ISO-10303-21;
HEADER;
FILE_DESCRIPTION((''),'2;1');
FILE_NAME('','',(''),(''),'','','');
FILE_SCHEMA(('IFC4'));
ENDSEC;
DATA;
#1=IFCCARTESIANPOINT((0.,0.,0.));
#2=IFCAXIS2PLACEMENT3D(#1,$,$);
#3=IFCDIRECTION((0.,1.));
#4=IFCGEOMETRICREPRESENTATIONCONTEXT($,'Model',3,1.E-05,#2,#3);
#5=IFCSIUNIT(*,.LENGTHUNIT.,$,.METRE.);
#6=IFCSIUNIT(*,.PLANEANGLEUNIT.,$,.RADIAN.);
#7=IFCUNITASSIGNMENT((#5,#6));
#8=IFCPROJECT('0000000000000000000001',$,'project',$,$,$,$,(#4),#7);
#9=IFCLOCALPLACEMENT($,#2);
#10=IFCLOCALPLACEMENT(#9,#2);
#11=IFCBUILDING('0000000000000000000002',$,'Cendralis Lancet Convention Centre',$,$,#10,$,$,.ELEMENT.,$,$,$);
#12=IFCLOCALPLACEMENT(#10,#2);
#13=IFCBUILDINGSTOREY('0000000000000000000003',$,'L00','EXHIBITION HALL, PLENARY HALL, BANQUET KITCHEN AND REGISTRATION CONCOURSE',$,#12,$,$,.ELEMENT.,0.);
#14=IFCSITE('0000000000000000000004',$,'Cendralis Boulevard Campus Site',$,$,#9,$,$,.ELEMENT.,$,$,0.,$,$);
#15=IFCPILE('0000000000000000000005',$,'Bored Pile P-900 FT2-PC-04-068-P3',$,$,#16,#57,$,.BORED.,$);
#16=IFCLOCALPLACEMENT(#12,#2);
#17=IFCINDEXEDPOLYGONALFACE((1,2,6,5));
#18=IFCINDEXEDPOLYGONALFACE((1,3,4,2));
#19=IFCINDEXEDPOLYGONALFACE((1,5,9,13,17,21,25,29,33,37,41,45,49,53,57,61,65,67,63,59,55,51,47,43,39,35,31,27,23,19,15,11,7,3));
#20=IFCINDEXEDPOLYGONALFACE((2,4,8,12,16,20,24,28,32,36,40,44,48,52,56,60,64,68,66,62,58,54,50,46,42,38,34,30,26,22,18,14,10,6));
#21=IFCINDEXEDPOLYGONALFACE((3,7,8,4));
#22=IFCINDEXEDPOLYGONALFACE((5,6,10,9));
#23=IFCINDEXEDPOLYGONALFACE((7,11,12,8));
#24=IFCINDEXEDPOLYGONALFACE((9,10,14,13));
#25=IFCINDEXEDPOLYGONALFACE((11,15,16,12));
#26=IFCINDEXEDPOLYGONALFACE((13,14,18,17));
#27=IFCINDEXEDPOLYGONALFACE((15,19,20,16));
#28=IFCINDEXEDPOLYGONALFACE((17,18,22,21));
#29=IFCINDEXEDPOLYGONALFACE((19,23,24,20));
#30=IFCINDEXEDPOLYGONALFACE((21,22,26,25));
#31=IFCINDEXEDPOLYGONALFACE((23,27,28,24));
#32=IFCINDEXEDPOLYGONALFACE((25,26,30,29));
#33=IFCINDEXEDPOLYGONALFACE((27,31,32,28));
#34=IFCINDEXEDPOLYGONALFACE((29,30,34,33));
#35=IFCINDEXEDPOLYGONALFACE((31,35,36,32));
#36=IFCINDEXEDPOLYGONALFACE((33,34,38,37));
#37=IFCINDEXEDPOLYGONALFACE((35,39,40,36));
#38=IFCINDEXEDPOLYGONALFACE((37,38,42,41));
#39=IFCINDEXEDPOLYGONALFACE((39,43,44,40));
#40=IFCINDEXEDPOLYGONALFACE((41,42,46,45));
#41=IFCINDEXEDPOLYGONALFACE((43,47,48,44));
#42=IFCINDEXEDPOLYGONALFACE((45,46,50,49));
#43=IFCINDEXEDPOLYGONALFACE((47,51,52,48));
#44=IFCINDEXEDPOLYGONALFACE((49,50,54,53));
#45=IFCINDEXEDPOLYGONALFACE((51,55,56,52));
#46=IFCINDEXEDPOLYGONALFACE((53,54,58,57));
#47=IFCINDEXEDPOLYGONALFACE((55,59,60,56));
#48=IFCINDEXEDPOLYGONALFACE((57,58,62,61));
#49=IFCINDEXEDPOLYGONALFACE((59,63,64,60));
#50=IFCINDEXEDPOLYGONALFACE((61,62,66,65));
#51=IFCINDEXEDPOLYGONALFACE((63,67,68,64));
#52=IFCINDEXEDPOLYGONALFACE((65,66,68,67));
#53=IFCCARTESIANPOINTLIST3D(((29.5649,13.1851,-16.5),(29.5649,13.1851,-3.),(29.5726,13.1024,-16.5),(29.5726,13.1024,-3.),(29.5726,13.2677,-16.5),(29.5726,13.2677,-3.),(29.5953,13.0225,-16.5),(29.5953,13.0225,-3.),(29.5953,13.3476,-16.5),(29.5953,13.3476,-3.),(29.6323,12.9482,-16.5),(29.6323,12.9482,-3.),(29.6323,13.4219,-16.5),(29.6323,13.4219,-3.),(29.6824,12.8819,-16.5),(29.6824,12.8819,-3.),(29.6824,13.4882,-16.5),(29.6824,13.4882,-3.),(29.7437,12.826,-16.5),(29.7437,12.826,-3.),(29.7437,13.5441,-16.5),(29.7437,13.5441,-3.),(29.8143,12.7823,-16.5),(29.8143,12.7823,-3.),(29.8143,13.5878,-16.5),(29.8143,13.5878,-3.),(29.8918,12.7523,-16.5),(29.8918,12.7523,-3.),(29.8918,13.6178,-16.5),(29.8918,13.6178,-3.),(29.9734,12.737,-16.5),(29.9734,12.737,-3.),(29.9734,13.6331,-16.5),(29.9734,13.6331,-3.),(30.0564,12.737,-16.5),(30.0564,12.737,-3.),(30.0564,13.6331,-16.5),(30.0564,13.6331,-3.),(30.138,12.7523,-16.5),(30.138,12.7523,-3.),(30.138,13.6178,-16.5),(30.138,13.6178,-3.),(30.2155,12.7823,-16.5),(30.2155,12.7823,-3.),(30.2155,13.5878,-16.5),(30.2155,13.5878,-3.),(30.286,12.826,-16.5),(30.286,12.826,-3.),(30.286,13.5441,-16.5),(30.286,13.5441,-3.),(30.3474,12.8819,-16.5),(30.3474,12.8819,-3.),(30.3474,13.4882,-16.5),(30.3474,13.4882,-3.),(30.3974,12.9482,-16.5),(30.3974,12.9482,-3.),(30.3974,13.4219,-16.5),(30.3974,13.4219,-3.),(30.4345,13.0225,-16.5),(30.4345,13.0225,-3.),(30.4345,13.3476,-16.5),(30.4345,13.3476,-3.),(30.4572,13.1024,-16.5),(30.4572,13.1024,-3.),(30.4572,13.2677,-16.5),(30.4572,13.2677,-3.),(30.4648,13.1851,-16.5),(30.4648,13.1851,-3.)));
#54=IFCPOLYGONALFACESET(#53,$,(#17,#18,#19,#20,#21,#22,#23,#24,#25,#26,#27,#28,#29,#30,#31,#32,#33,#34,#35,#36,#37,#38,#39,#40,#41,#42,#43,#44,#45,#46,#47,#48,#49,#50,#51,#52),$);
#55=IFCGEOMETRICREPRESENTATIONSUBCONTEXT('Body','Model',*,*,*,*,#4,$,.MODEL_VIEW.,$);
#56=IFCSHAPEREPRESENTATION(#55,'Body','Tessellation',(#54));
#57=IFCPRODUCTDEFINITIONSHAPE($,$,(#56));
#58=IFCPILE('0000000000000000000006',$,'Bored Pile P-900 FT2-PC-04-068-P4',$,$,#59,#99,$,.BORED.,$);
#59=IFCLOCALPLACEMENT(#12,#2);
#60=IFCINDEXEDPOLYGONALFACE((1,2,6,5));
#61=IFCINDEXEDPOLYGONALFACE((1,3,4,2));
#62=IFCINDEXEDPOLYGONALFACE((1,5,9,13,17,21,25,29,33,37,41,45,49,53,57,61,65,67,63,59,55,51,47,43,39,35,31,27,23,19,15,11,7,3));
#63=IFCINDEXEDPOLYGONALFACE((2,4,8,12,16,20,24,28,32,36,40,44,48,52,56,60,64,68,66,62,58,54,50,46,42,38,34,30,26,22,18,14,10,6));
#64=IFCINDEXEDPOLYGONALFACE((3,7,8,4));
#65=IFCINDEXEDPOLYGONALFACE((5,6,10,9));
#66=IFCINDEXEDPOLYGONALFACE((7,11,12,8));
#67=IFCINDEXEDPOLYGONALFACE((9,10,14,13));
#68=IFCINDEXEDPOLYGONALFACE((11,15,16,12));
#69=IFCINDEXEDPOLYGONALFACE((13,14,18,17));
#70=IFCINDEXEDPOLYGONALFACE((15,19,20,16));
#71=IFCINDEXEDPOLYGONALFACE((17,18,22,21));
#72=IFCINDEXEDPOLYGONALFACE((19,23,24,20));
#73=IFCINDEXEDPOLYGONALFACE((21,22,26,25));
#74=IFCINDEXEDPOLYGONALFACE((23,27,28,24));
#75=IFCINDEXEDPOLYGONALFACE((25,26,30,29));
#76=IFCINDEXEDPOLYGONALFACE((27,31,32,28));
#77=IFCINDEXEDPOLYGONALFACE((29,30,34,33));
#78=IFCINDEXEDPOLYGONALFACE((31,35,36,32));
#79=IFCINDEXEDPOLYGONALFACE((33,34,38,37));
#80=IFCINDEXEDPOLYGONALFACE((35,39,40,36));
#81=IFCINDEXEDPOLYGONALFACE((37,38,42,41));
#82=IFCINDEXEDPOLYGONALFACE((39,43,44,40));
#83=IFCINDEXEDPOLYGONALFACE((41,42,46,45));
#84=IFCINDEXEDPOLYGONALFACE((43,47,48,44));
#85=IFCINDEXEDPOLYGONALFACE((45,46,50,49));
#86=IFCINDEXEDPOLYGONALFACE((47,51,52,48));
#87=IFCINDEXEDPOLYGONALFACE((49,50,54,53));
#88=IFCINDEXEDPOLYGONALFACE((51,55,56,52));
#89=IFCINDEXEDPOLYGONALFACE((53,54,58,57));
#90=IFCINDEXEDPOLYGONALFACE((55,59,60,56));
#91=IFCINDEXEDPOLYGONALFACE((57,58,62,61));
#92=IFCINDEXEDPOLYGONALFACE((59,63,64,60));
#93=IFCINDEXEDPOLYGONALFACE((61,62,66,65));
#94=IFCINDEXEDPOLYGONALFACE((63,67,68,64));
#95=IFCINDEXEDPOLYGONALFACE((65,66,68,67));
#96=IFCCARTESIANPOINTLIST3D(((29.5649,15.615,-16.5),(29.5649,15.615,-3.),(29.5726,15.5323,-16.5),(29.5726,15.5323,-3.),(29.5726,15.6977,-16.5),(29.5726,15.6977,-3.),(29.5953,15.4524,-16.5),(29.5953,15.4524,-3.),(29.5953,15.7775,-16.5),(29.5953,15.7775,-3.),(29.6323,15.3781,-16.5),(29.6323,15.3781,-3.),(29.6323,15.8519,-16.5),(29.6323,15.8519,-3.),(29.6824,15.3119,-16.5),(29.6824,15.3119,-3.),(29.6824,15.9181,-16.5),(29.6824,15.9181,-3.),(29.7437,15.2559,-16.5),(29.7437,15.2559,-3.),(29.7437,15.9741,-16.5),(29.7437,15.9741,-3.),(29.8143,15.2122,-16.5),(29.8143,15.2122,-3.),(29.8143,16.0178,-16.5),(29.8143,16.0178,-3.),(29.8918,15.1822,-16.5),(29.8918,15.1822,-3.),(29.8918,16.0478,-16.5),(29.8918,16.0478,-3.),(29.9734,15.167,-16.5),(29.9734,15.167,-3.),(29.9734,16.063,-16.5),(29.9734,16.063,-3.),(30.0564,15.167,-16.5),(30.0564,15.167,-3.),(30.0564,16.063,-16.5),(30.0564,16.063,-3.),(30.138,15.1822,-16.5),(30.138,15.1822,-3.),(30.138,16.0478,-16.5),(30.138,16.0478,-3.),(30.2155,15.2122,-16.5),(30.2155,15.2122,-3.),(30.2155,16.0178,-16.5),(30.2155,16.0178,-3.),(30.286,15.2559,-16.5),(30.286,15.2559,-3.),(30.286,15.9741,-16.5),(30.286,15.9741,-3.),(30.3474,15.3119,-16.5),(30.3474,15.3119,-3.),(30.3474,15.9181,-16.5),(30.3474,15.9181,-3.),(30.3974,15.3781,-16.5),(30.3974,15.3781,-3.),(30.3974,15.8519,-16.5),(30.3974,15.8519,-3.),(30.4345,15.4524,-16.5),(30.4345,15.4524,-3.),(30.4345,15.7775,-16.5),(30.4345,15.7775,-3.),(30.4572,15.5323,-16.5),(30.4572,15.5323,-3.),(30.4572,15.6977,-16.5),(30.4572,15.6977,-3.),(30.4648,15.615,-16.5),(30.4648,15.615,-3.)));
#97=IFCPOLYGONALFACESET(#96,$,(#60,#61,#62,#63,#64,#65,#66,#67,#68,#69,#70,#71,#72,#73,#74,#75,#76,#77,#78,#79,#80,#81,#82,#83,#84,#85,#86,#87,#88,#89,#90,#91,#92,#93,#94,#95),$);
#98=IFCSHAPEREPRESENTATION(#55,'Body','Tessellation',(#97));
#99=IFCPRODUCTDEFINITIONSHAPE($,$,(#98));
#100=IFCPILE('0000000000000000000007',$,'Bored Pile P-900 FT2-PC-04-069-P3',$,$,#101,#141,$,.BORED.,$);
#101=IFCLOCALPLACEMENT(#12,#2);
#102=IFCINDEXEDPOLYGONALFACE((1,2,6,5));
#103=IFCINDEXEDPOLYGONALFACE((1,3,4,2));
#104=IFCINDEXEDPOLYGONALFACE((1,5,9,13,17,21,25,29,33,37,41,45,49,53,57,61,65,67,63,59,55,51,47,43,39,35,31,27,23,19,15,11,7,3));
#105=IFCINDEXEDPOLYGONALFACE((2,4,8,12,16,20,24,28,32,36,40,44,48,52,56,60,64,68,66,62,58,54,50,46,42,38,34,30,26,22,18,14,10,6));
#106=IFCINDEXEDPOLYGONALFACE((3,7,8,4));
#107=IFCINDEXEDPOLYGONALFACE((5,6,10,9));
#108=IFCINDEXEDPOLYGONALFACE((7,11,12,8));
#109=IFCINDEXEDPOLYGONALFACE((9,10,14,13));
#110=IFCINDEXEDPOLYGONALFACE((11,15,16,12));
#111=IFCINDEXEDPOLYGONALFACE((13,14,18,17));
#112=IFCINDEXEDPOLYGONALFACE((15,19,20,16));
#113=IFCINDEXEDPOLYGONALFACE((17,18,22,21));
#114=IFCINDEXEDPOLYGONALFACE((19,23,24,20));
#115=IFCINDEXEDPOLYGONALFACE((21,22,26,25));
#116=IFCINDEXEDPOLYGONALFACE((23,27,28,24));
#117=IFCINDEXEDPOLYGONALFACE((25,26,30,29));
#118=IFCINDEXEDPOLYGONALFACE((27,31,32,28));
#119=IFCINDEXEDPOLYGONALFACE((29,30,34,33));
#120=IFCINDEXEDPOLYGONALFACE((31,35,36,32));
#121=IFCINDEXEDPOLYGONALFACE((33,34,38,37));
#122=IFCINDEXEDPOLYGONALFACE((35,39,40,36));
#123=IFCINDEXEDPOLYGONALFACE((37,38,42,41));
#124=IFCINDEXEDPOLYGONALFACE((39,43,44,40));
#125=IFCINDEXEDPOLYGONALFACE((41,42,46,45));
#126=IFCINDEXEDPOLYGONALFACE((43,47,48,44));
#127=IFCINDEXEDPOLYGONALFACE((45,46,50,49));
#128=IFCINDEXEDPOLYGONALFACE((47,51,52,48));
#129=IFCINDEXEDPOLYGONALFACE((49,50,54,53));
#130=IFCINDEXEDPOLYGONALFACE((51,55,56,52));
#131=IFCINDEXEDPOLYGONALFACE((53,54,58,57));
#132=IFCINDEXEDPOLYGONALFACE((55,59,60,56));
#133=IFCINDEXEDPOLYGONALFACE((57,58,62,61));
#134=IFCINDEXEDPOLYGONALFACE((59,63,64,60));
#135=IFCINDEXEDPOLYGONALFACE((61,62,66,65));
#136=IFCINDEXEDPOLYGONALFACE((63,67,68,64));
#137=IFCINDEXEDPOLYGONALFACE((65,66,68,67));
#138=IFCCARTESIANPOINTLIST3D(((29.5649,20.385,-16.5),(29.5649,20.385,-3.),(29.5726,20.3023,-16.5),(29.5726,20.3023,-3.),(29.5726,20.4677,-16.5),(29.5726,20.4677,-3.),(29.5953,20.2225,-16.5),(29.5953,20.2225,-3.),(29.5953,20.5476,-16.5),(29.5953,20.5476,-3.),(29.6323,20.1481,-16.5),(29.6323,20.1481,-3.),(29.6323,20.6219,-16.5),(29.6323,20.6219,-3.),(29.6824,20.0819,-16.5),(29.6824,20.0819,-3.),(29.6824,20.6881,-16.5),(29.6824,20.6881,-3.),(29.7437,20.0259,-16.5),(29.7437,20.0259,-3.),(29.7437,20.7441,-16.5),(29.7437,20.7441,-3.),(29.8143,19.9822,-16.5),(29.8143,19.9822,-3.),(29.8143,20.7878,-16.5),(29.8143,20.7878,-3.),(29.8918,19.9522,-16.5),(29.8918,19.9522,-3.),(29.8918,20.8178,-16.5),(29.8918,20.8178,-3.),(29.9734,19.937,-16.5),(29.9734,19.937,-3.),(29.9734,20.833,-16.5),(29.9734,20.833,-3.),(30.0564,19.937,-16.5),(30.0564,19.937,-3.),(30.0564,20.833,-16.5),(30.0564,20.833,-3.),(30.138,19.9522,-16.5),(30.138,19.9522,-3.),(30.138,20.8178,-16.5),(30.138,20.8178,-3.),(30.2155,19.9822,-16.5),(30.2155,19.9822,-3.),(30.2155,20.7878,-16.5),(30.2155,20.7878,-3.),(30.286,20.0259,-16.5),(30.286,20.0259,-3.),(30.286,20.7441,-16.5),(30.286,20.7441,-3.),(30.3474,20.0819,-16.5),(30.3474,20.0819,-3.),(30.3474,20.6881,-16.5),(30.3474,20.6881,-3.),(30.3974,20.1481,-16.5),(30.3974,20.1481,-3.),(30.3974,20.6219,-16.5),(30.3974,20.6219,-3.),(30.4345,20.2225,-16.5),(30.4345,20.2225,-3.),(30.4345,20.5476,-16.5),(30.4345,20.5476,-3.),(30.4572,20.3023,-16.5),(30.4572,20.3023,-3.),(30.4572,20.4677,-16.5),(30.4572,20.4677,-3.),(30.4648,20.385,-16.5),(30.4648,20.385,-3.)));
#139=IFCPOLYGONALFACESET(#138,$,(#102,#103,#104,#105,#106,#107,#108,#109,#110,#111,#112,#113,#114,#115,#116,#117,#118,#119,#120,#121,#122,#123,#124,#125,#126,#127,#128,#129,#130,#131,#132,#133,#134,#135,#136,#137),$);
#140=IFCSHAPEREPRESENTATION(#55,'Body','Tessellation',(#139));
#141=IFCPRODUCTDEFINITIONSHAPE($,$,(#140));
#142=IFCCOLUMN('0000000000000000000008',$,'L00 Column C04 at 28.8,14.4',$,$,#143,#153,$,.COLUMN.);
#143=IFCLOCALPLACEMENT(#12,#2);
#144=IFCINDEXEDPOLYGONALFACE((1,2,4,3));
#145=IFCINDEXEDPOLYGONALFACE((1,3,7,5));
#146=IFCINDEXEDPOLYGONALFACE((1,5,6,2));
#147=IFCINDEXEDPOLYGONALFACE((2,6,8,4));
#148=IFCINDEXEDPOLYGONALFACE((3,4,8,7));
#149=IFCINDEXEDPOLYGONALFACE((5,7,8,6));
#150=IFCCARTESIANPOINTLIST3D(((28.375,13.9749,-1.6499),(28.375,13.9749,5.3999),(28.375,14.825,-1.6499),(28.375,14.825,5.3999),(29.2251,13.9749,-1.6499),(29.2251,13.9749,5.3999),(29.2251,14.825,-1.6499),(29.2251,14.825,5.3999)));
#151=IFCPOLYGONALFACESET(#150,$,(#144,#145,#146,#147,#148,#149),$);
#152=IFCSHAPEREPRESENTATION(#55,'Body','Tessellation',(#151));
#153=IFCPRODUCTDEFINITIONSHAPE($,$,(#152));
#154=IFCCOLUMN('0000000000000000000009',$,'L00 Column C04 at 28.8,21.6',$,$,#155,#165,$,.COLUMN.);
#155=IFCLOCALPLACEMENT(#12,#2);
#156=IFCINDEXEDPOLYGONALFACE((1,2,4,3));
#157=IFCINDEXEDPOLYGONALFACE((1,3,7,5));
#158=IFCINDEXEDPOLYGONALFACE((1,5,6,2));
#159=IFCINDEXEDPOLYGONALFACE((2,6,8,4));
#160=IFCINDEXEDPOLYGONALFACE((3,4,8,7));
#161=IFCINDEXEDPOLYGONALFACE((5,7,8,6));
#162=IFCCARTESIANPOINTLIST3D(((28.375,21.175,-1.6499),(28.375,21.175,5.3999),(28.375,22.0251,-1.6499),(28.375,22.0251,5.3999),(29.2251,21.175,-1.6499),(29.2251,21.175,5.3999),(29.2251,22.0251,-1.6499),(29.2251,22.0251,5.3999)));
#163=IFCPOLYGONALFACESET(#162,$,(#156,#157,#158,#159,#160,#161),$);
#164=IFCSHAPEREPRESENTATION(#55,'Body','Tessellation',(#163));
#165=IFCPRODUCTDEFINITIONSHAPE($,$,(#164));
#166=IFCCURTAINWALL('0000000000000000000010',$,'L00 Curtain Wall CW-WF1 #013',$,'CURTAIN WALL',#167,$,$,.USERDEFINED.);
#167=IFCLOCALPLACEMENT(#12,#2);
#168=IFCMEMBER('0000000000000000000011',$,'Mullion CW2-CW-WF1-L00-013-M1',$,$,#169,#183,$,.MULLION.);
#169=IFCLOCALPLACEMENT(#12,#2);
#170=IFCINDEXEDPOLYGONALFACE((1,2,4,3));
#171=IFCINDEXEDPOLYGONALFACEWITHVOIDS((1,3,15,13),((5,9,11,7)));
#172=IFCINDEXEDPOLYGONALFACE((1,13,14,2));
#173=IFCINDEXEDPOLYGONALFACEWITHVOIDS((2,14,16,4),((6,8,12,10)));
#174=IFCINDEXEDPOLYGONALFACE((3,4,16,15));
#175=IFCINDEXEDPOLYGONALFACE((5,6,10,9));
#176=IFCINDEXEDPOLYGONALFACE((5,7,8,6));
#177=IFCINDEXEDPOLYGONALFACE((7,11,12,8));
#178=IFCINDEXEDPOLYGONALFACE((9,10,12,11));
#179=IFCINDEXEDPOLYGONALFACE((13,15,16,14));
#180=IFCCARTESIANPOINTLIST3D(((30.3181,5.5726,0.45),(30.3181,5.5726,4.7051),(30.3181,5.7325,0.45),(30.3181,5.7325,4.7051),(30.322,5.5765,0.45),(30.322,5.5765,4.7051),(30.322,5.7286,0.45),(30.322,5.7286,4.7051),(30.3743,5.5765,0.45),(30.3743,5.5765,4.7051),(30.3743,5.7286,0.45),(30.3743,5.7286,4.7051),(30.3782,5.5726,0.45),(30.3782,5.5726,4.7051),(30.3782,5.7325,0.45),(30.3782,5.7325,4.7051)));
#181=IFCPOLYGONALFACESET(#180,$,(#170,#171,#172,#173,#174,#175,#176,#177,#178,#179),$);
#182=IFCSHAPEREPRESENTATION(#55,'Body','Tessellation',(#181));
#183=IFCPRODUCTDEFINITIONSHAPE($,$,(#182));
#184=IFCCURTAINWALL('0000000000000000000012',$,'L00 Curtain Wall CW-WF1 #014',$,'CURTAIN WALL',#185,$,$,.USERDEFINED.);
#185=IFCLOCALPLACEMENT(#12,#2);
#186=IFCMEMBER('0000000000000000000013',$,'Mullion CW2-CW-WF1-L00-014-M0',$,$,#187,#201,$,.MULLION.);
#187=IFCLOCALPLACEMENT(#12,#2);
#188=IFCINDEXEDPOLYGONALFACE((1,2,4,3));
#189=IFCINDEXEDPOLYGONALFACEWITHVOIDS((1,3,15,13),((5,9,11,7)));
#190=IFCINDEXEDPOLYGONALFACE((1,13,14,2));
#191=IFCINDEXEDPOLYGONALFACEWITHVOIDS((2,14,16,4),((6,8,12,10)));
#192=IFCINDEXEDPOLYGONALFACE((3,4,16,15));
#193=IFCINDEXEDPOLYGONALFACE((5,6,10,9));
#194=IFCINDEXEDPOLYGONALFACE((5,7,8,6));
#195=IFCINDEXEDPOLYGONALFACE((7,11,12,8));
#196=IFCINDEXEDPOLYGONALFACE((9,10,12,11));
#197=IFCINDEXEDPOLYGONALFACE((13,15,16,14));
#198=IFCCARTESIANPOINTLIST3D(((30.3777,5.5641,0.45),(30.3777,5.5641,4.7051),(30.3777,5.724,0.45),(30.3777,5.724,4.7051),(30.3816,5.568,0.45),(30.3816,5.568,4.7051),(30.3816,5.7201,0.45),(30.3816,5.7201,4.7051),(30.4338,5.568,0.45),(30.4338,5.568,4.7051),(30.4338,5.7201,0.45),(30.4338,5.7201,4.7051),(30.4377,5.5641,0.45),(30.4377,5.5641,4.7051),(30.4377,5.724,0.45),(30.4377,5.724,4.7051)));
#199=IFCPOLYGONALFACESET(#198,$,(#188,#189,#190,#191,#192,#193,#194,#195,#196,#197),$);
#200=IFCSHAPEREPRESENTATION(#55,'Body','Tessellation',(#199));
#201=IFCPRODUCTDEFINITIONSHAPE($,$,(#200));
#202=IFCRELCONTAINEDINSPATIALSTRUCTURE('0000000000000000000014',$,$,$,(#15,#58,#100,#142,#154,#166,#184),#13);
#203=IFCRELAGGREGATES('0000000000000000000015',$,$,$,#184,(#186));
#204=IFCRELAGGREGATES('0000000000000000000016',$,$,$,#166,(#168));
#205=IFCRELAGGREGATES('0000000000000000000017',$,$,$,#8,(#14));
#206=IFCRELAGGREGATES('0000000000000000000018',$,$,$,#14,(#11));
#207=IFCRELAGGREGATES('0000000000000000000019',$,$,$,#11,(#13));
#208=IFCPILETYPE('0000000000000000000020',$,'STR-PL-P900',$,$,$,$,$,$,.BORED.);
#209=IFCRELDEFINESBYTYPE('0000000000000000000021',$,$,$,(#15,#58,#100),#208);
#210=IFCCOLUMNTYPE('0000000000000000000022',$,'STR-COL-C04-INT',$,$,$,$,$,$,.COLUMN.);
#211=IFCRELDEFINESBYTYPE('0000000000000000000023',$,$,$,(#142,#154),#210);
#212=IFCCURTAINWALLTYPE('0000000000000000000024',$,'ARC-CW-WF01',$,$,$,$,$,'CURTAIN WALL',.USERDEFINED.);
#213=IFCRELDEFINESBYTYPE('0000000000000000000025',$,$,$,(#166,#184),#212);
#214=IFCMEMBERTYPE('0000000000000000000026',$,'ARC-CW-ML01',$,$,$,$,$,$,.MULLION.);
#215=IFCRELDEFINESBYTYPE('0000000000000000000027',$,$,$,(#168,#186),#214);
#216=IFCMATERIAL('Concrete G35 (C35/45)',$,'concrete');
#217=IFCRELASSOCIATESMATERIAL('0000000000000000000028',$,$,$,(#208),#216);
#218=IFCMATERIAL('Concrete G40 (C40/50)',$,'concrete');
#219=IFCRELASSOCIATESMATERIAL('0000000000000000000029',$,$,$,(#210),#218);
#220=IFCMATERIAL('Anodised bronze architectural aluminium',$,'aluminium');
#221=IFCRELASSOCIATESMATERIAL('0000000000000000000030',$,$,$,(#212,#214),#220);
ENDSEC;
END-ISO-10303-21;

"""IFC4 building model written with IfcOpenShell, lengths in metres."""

from ifc_helpers import new_model, si_unit, direction, frame, origin, origin_2d, place, context, subcontext, project, spatial, rectangle, hollow_rectangle, circle, extrude, material, material_profile, profile_set, type_object, element, aggregate, save


model = new_model("IFC4")

# Units and contexts
model_context = context("Model", 3, precision=1e-05, world=origin(), true_north=direction((0.0, 1.0)))
body_context = subcontext(model_context, "Body", "Model", "MODEL_VIEW")
ifc_project = project(units=[si_unit("LENGTHUNIT", "METRE"), si_unit("PLANEANGLEUNIT", "RADIAN")], contexts=[model_context])

# Site, building, storey
site_placement = place(None, origin())
site = spatial("IfcSite", under=ifc_project, at=site_placement, Name="Cendralis Boulevard Campus Site", CompositionType="ELEMENT", RefElevation=0.0)
building_placement = place(site_placement, origin())
building = spatial("IfcBuilding", under=site, at=building_placement, Name="Cendralis Lancet Convention Centre", CompositionType="ELEMENT")
storey_placement = place(building_placement, origin())
storey = spatial("IfcBuildingStorey", under=building, at=storey_placement, Name="L00", Description="EXHIBITION HALL, PLENARY HALL, BANQUET KITCHEN AND REGISTRATION CONCOURSE", CompositionType="ELEMENT", Elevation=0.0)

# Shared definitions
ifc_material_1 = material(Name="Concrete G35 (C35/45)", Category="concrete")

# Piles
ifc_material_profile_1 = material_profile(ifc_material_1, circle(Radius=0.45, at=origin_2d()), Name="BORED PILE D900")
ifc_profile_set_1 = profile_set([ifc_material_profile_1], Name="Concrete G35 (C35/45)")
pile_type = type_object("IfcPileType", Name="STR-PL-P900", PredefinedType="BORED", material=ifc_profile_set_1)
for number, where, z_axis, x_axis, name in (
    (1, (30.0149, 13.1851, -3.0), (0.0, 0.0, -1.0), (1.0, 0.0, 0.0), "Bored Pile P-900 FT2-PC-04-068-P3"),
    (2, (30.0149, 15.615, -3.0), (0.0, 0.0, -1.0), (1.0, 0.0, 0.0), "Bored Pile P-900 FT2-PC-04-068-P4"),
    (3, (30.0149, 20.385, -3.0), (0.0, 0.0, -1.0), (1.0, 0.0, 0.0), "Bored Pile P-900 FT2-PC-04-069-P3"),
):
    element("IfcPile", number, at=place(storey_placement, frame(where, z_axis=z_axis, x_axis=x_axis)), inside=storey, type_object=pile_type, Name=name, PredefinedType="BORED", context=body_context, shape_type="SweptSolid", body=[
        extrude(circle(Radius=0.45, at=origin_2d()), origin(), (0.0, 0.0, 1.0), 13.5),
    ])

# Columns
ifc_material_2 = material(Name="Concrete G40 (C40/50)", Category="concrete")
ifc_material_profile_2 = material_profile(ifc_material_2, rectangle(XDim=0.8501, YDim=0.8501, at=origin_2d()), Name="RC 850x850")
ifc_profile_set_2 = profile_set([ifc_material_profile_2], Name="Concrete G40 (C40/50)")
column_type = type_object("IfcColumnType", Name="STR-COL-C04-INT", PredefinedType="COLUMN", material=ifc_profile_set_2)
for number, where, z_axis, x_axis, name in (
    (4, (28.8, 14.3999, -1.6499), (0.0, 0.0, 1.0), (1.0, 0.0, 0.0), "L00 Column C04 at 28.8,14.4"),
    (5, (28.8, 21.6001, -1.6499), (0.0, 0.0, 1.0), (1.0, 0.0, 0.0), "L00 Column C04 at 28.8,21.6"),
):
    element("IfcColumn", number, at=place(storey_placement, frame(where, z_axis=z_axis, x_axis=x_axis)), inside=storey, type_object=column_type, Name=name, PredefinedType="COLUMN", context=body_context, shape_type="SweptSolid", body=[
        extrude(rectangle(XDim=0.8501, YDim=0.8501, at=origin_2d()), origin(), (0.0, 0.0, 1.0), 7.0498),
    ])

# Curtain wall, member
ifc_material_3 = material(Name="Anodised bronze architectural aluminium", Category="aluminium")
curtain_wall_type = type_object("IfcCurtainWallType", Name="ARC-CW-WF01", ElementType="CURTAIN WALL", PredefinedType="USERDEFINED", material=ifc_material_3)
curtain_wall_1_placement = place(storey_placement, origin())
curtain_wall_1 = element("IfcCurtainWall", 6, at=curtain_wall_1_placement, inside=storey, type_object=curtain_wall_type, Name="L00 Curtain Wall CW-WF1 #013", ObjectType="CURTAIN WALL", PredefinedType="USERDEFINED")
ifc_material_profile_3 = material_profile(ifc_material_3, hollow_rectangle(XDim=0.0601, YDim=0.1599, WallThickness=0.0039, at=origin_2d()), Name="AL-MULL 60x160x4.0")
ifc_profile_set_3 = profile_set([ifc_material_profile_3], Name="Anodised bronze architectural aluminium")
member_type_1 = type_object("IfcMemberType", Name="ARC-CW-ML01", PredefinedType="MULLION", material=ifc_profile_set_3)
member_1_placement = place(storey_placement, frame((30.3481, 5.6526, 0.45), z_axis=(0.0, 0.0, 1.0), x_axis=(1.0, 0.0, 0.0)))
member_1 = element("IfcMember", 7, at=member_1_placement, type_object=member_type_1, Name="Mullion CW2-CW-WF1-L00-013-M1", PredefinedType="MULLION", context=body_context, shape_type="SweptSolid", body=[
    extrude(hollow_rectangle(XDim=0.0601, YDim=0.1599, WallThickness=0.0039, at=origin_2d()), origin(), (0.0, 0.0, 1.0), 4.2551),
])

# Curtain wall, member
curtain_wall_2_placement = place(storey_placement, origin())
curtain_wall_2 = element("IfcCurtainWall", 8, at=curtain_wall_2_placement, inside=storey, type_object=curtain_wall_type, Name="L00 Curtain Wall CW-WF1 #014", ObjectType="CURTAIN WALL", PredefinedType="USERDEFINED")
member_2_placement = place(storey_placement, frame((30.4077, 5.644, 0.45), z_axis=(0.0, 0.0, 1.0), x_axis=(1.0, 0.0, 0.0)))
member_2 = element("IfcMember", 9, at=member_2_placement, type_object=member_type_1, Name="Mullion CW2-CW-WF1-L00-014-M0", PredefinedType="MULLION", context=body_context, shape_type="SweptSolid", body=[
    extrude(hollow_rectangle(XDim=0.0601, YDim=0.1599, WallThickness=0.0039, at=origin_2d()), origin(), (0.0, 0.0, 1.0), 4.2551),
])
aggregate(curtain_wall_2, [member_2])

aggregate(curtain_wall_1, [member_1])

save(model, "model.ifc")
